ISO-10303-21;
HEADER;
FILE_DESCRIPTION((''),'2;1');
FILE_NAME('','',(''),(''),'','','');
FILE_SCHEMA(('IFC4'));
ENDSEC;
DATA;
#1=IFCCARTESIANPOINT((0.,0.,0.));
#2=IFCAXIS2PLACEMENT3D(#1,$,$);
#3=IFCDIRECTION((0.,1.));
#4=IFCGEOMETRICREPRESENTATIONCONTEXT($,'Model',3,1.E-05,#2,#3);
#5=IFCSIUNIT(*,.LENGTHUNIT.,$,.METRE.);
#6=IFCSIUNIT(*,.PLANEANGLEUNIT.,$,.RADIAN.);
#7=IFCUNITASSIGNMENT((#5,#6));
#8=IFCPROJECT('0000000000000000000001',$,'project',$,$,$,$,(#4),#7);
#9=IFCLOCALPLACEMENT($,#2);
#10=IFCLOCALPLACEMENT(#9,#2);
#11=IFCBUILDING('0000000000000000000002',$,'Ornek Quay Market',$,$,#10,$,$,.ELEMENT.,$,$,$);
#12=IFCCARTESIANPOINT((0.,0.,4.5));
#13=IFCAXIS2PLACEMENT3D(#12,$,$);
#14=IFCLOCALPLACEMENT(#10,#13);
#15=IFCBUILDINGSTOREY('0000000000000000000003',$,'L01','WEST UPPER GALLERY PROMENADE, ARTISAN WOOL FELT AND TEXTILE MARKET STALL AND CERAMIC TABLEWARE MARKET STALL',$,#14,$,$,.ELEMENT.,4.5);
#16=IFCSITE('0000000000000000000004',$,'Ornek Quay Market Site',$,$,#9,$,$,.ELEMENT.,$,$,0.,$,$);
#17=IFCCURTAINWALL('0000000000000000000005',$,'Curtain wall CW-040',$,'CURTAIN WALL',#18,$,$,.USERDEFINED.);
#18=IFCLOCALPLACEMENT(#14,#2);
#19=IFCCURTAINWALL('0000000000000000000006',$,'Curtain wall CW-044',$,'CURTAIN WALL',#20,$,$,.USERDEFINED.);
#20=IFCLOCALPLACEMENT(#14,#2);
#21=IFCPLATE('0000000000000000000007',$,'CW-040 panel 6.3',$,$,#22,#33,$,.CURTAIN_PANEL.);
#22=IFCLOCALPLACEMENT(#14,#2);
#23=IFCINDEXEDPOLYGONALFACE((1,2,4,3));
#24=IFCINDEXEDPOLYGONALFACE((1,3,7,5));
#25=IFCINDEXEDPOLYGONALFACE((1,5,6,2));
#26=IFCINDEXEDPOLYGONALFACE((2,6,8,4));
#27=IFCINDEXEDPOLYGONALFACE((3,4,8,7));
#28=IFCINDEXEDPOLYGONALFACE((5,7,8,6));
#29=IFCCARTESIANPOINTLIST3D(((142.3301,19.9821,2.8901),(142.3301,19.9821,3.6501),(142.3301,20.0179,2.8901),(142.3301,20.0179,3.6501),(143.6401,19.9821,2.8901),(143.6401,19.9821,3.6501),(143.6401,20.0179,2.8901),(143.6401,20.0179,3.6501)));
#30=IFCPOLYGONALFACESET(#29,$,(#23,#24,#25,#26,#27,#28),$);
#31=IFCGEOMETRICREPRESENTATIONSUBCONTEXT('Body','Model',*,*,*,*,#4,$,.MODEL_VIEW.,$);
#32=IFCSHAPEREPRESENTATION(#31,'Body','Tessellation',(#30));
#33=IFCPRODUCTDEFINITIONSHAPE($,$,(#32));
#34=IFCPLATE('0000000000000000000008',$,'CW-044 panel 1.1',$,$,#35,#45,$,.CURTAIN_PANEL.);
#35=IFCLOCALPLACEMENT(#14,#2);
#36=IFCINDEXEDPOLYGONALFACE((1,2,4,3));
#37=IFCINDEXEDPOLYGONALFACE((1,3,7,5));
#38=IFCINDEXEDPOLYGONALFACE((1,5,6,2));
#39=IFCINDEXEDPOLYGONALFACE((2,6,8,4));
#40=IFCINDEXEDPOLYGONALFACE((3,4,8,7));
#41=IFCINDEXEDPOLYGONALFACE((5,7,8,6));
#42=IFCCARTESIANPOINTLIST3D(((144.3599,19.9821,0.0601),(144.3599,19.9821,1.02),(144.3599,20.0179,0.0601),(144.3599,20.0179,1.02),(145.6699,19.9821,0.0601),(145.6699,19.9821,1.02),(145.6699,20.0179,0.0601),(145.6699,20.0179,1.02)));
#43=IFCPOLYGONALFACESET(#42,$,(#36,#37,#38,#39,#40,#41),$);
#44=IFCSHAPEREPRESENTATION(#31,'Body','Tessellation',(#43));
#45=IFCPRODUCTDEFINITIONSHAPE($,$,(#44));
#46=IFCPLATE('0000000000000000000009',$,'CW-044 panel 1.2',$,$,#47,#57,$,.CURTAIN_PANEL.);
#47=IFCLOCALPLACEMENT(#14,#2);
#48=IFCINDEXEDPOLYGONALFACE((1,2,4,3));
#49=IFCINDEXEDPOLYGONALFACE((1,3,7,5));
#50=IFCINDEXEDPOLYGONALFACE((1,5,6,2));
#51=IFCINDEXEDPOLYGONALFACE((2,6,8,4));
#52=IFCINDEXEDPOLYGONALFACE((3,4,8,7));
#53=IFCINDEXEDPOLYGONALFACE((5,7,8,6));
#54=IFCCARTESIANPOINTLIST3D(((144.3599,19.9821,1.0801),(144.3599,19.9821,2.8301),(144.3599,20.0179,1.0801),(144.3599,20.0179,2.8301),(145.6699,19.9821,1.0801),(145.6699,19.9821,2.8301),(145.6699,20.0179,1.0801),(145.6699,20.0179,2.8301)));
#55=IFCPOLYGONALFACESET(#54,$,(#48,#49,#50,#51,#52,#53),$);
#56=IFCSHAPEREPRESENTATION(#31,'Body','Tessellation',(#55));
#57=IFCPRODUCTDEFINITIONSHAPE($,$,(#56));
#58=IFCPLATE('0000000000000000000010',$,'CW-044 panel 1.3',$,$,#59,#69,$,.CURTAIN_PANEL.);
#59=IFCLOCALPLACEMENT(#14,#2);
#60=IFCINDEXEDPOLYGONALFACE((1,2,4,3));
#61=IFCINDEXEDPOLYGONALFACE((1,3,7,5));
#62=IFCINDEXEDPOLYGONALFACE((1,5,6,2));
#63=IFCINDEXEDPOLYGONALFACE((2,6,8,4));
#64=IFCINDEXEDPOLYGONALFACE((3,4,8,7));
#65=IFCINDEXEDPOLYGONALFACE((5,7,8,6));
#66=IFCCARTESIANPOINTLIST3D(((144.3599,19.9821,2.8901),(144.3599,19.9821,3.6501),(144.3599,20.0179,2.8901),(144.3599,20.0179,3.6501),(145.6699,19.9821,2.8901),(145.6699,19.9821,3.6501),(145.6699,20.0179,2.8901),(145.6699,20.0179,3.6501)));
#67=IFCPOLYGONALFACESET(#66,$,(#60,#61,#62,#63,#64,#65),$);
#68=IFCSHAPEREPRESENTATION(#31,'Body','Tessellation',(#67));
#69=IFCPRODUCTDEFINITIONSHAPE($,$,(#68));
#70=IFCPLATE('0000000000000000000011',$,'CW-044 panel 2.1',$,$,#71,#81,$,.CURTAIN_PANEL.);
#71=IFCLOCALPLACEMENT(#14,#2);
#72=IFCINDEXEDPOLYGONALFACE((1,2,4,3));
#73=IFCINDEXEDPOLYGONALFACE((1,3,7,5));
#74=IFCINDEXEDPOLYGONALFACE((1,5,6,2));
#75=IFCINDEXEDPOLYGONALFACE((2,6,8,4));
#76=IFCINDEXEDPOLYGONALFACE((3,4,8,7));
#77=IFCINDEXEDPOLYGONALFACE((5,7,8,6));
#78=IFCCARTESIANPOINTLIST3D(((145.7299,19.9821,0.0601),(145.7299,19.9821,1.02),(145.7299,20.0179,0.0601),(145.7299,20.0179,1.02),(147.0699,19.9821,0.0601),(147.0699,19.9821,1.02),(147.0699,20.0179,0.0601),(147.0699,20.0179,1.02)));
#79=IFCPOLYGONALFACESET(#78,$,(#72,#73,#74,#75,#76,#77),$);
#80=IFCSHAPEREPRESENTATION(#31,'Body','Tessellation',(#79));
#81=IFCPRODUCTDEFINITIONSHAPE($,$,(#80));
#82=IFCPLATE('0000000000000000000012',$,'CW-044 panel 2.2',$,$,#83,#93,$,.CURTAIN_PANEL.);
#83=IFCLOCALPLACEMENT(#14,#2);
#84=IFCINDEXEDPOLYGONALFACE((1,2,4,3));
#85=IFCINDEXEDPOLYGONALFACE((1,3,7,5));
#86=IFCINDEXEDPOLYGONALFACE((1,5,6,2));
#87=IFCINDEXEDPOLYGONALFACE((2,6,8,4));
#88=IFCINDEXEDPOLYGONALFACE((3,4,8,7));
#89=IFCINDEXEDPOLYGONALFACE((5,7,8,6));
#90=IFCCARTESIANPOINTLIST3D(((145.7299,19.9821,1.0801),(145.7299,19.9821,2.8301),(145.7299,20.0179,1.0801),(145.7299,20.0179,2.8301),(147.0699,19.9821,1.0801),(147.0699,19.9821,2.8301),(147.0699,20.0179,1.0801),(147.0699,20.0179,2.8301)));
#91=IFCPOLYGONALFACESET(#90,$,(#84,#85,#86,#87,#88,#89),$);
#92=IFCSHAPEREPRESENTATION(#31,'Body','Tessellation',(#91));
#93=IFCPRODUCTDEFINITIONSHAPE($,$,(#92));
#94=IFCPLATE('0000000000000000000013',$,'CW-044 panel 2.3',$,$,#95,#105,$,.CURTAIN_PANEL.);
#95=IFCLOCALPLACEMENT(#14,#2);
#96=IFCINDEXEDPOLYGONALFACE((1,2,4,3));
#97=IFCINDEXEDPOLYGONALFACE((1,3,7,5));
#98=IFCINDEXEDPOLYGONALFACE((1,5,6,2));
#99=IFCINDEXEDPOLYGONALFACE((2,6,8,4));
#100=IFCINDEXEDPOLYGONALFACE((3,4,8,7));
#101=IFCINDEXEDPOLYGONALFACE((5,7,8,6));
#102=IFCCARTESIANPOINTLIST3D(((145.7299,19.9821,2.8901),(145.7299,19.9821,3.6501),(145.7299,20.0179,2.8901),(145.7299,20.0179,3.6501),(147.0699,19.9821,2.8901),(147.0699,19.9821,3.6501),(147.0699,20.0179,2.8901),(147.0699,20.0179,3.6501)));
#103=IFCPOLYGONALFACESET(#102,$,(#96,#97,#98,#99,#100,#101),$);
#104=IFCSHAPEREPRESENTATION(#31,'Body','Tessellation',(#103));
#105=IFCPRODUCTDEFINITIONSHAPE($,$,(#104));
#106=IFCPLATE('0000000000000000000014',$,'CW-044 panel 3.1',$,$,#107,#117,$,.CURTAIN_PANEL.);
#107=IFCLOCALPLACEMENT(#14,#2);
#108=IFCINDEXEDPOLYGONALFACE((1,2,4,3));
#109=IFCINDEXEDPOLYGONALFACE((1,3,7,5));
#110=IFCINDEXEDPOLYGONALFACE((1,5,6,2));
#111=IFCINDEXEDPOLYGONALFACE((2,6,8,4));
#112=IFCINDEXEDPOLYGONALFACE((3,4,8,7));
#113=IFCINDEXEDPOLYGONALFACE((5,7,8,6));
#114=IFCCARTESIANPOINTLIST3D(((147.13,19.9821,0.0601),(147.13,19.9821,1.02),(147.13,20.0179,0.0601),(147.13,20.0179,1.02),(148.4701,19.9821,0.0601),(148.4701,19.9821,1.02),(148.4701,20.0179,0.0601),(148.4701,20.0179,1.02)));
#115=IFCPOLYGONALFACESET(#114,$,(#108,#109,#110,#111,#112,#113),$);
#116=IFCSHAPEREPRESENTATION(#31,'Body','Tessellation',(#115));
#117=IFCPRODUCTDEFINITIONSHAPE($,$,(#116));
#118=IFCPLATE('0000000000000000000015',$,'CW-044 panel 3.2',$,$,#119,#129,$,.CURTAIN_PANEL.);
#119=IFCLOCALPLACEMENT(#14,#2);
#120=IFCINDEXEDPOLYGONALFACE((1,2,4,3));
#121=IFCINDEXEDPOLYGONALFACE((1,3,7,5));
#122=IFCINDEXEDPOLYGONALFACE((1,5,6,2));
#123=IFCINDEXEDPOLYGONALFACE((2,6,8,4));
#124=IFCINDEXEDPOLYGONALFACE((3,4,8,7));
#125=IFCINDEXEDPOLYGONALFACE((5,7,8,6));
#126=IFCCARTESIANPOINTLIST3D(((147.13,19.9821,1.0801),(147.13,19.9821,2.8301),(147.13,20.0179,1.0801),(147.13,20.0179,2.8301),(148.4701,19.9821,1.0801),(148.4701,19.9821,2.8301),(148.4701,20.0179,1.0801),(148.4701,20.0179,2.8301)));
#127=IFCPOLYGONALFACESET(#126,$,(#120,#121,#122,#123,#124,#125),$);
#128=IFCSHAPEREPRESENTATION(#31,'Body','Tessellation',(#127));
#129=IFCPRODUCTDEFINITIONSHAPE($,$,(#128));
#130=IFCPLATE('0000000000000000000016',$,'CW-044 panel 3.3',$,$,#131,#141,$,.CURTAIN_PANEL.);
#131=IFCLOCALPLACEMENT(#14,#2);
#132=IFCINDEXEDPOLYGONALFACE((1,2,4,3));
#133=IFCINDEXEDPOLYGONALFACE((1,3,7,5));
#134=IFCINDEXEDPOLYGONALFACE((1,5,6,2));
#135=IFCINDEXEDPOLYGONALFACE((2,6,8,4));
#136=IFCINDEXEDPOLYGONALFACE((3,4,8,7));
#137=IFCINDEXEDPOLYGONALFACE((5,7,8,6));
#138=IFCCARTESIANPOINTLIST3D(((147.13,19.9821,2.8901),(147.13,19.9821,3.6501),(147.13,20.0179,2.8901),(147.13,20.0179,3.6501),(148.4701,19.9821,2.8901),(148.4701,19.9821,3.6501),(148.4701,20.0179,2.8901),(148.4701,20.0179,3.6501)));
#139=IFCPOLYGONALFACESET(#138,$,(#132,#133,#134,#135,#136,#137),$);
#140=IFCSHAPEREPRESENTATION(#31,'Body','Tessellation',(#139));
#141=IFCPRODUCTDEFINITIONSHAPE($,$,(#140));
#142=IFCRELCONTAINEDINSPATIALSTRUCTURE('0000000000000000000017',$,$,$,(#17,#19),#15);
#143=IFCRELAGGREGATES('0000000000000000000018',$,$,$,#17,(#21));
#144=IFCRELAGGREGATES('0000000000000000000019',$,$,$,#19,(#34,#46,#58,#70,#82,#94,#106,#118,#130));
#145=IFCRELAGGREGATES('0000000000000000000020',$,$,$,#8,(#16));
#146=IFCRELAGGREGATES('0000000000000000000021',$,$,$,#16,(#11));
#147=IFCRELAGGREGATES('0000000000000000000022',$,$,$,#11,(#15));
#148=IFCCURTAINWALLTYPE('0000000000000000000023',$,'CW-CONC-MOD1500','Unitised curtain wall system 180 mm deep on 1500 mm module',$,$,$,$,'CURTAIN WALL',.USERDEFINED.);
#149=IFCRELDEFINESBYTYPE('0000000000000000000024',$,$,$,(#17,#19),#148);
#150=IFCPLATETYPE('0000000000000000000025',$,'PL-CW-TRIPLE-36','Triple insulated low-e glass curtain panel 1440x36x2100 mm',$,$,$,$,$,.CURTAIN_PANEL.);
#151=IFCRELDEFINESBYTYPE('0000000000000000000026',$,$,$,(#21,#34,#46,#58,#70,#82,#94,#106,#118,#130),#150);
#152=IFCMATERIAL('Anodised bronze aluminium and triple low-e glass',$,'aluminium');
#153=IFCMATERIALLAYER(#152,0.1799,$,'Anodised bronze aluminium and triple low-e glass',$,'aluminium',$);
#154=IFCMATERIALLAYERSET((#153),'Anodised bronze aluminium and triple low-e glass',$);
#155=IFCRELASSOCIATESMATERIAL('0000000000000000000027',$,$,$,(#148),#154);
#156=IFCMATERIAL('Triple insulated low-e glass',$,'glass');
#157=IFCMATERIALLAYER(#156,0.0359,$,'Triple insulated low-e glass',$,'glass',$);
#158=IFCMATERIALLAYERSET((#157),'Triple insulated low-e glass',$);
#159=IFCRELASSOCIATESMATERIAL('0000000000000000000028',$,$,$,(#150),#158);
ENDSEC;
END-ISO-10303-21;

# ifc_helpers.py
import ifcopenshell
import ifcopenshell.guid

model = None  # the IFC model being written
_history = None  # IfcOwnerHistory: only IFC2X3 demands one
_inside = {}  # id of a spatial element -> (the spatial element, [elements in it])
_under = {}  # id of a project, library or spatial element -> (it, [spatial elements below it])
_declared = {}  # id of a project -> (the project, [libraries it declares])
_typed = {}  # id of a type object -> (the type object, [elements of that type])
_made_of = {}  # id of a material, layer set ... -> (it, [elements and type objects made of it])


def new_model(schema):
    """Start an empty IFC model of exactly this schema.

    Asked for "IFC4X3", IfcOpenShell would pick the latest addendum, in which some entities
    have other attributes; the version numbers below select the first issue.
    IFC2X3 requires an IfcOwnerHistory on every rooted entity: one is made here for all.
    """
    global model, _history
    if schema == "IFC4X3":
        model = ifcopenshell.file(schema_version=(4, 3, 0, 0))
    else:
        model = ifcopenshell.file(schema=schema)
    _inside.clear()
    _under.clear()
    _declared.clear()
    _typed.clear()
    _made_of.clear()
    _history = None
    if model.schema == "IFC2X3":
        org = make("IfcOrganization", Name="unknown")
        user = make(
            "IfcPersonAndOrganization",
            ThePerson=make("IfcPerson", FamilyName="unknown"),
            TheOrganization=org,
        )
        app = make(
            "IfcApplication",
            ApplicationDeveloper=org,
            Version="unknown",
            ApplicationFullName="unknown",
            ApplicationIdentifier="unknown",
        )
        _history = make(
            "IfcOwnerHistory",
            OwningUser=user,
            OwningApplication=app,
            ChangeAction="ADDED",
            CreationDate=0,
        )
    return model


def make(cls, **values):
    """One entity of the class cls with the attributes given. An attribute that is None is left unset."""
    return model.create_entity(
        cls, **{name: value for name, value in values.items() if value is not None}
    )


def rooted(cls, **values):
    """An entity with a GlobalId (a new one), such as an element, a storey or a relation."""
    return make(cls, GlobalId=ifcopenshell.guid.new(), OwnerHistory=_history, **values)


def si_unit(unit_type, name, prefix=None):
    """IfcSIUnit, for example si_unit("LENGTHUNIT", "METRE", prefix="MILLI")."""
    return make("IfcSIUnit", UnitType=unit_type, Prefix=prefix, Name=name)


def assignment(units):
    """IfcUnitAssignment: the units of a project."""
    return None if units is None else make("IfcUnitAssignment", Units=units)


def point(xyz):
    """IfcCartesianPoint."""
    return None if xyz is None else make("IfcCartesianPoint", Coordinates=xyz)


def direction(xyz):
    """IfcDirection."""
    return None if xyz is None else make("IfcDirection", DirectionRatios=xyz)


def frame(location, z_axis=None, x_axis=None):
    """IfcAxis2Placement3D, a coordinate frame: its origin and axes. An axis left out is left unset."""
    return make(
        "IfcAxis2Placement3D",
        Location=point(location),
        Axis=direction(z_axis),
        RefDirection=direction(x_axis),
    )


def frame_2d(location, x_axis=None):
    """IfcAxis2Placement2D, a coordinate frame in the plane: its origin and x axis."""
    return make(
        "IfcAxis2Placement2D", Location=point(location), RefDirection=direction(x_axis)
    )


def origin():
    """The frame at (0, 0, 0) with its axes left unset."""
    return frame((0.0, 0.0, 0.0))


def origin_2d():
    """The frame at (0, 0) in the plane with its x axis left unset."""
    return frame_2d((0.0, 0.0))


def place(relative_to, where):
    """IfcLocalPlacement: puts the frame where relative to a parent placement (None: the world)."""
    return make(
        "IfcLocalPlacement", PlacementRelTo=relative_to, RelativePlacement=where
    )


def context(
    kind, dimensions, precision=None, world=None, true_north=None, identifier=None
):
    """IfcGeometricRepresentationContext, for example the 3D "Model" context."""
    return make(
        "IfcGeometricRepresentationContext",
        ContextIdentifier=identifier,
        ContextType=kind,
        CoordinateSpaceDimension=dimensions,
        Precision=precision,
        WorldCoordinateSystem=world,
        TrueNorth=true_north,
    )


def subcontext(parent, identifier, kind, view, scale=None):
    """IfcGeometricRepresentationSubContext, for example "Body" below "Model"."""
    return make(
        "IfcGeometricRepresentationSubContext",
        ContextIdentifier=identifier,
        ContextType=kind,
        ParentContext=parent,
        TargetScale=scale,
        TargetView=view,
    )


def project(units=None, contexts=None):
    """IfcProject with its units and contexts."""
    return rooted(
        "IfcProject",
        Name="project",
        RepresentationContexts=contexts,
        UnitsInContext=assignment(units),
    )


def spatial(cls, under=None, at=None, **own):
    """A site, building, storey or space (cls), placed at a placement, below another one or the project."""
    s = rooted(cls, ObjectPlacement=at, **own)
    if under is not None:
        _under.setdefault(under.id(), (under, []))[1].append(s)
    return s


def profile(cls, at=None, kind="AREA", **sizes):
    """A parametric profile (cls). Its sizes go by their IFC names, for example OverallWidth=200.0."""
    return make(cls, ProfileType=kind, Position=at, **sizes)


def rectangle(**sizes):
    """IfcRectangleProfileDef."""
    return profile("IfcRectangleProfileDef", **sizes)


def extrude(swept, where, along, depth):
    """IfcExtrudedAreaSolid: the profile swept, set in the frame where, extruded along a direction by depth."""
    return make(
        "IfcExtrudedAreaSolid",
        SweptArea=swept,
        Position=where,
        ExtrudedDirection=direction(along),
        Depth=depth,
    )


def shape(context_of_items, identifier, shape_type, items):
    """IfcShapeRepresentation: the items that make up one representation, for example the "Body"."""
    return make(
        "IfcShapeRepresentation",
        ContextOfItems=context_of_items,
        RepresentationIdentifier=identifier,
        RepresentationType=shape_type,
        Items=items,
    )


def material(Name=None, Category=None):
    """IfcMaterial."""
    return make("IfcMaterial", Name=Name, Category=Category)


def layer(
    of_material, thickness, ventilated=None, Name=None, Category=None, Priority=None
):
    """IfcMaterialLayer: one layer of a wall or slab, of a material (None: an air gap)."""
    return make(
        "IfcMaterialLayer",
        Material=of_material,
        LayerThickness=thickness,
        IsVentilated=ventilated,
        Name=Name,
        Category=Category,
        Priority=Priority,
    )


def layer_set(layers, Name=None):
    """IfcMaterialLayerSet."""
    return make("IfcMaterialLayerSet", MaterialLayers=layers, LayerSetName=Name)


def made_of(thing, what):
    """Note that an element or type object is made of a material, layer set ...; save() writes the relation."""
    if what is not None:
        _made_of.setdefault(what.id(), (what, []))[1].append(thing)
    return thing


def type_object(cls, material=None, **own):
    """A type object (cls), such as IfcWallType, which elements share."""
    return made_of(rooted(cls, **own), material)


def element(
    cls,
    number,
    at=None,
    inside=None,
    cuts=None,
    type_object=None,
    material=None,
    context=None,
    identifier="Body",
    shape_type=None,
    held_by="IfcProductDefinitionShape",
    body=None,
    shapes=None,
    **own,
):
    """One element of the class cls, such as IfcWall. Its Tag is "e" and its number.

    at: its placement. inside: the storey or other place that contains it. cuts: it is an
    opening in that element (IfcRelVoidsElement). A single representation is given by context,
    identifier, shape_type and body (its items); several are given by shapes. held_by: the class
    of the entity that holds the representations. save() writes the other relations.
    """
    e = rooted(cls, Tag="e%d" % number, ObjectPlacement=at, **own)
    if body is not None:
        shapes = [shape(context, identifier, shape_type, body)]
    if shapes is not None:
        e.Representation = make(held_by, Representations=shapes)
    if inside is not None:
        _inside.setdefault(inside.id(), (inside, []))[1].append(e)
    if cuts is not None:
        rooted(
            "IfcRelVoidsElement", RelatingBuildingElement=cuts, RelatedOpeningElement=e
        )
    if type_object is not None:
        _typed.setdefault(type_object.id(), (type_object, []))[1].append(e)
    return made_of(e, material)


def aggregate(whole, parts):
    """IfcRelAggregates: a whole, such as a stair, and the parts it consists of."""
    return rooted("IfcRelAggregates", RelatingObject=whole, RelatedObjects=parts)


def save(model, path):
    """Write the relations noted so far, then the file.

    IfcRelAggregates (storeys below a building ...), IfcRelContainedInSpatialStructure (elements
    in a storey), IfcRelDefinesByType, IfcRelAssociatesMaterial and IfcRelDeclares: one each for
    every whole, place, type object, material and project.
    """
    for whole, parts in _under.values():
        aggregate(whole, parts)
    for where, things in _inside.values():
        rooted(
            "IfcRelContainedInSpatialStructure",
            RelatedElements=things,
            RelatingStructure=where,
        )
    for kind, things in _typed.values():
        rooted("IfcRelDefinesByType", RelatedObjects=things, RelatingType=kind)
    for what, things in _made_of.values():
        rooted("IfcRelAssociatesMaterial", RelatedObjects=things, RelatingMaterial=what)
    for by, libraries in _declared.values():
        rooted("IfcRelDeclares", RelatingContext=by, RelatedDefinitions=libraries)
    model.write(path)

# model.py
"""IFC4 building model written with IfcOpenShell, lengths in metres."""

from ifc_helpers import new_model, si_unit, direction, frame, origin, origin_2d, place, context, subcontext, project, spatial, rectangle, extrude, material, layer, layer_set, type_object, element, aggregate, save


model = new_model("IFC4")

# Units and contexts
model_context = context("Model", 3, precision=1e-05, world=origin(), true_north=direction((0.0, 1.0)))
body_context = subcontext(model_context, "Body", "Model", "MODEL_VIEW")
ifc_project = project(units=[si_unit("LENGTHUNIT", "METRE"), si_unit("PLANEANGLEUNIT", "RADIAN")], contexts=[model_context])

# Site, building, storey
site_placement = place(None, origin())
site = spatial("IfcSite", under=ifc_project, at=site_placement, Name="Ornek Quay Market Site", CompositionType="ELEMENT", RefElevation=0.0)
building_placement = place(site_placement, origin())
building = spatial("IfcBuilding", under=site, at=building_placement, Name="Ornek Quay Market", CompositionType="ELEMENT")
storey_placement = place(building_placement, frame((0.0, 0.0, 4.5)))
storey = spatial("IfcBuildingStorey", under=building, at=storey_placement, Name="L01", Description="WEST UPPER GALLERY PROMENADE, ARTISAN WOOL FELT AND TEXTILE MARKET STALL AND CERAMIC TABLEWARE MARKET STALL", CompositionType="ELEMENT", Elevation=4.5)

# Curtain wall
ifc_material_1 = material(Name="Anodised bronze aluminium and triple low-e glass", Category="aluminium")
ifc_layer_1 = layer(ifc_material_1, 0.1799, Name="Anodised bronze aluminium and triple low-e glass", Category="aluminium")
ifc_layer_set_1 = layer_set([ifc_layer_1], Name="Anodised bronze aluminium and triple low-e glass")
curtain_wall_type = type_object("IfcCurtainWallType", Name="CW-CONC-MOD1500", Description="Unitised curtain wall system 180 mm deep on 1500 mm module", ElementType="CURTAIN WALL", PredefinedType="USERDEFINED", material=ifc_layer_set_1)
curtain_wall_1_placement = place(storey_placement, origin())
curtain_wall_1 = element("IfcCurtainWall", 1, at=curtain_wall_1_placement, inside=storey, type_object=curtain_wall_type, Name="Curtain wall CW-040", ObjectType="CURTAIN WALL", PredefinedType="USERDEFINED")

# Curtain wall
curtain_wall_2_placement = place(storey_placement, origin())
curtain_wall_2 = element("IfcCurtainWall", 2, at=curtain_wall_2_placement, inside=storey, type_object=curtain_wall_type, Name="Curtain wall CW-044", ObjectType="CURTAIN WALL", PredefinedType="USERDEFINED")

# Plates
ifc_material_2 = material(Name="Triple insulated low-e glass", Category="glass")
ifc_layer_2 = layer(ifc_material_2, 0.0359, Name="Triple insulated low-e glass", Category="glass")
ifc_layer_set_2 = layer_set([ifc_layer_2], Name="Triple insulated low-e glass")
plate_type = type_object("IfcPlateType", Name="PL-CW-TRIPLE-36", Description="Triple insulated low-e glass curtain panel 1440x36x2100 mm", PredefinedType="CURTAIN_PANEL", material=ifc_layer_set_2)
plate_1_placement = place(storey_placement, frame((142.9851, 20.0, 2.8901), z_axis=(0.0, 0.0, 1.0), x_axis=(1.0, 0.0, 0.0)))
plate_1 = element("IfcPlate", 3, at=plate_1_placement, type_object=plate_type, Name="CW-040 panel 6.3", PredefinedType="CURTAIN_PANEL", context=body_context, shape_type="SweptSolid", body=[
    extrude(rectangle(XDim=1.3101, YDim=0.0359, at=origin_2d()), origin(), (0.0, 0.0, 1.0), 0.76),
])
aggregate(curtain_wall_1, [plate_1])
plate_2_placement = place(storey_placement, frame((145.0149, 20.0, 0.0601), z_axis=(0.0, 0.0, 1.0), x_axis=(1.0, 0.0, 0.0)))
plate_2 = element("IfcPlate", 4, at=plate_2_placement, type_object=plate_type, Name="CW-044 panel 1.1", PredefinedType="CURTAIN_PANEL", context=body_context, shape_type="SweptSolid", body=[
    extrude(rectangle(XDim=1.3101, YDim=0.0359, at=origin_2d()), origin(), (0.0, 0.0, 1.0), 0.96),
])
plate_3_placement = place(storey_placement, frame((145.0149, 20.0, 1.0801), z_axis=(0.0, 0.0, 1.0), x_axis=(1.0, 0.0, 0.0)))
plate_3 = element("IfcPlate", 5, at=plate_3_placement, type_object=plate_type, Name="CW-044 panel 1.2", PredefinedType="CURTAIN_PANEL", context=body_context, shape_type="SweptSolid", body=[
    extrude(rectangle(XDim=1.3101, YDim=0.0359, at=origin_2d()), origin(), (0.0, 0.0, 1.0), 1.75),
])
plate_4_placement = place(storey_placement, frame((145.0149, 20.0, 2.8901), z_axis=(0.0, 0.0, 1.0), x_axis=(1.0, 0.0, 0.0)))
plate_4 = element("IfcPlate", 6, at=plate_4_placement, type_object=plate_type, Name="CW-044 panel 1.3", PredefinedType="CURTAIN_PANEL", context=body_context, shape_type="SweptSolid", body=[
    extrude(rectangle(XDim=1.3101, YDim=0.0359, at=origin_2d()), origin(), (0.0, 0.0, 1.0), 0.76),
])
plate_5_placement = place(storey_placement, frame((146.3999, 20.0, 0.0601), z_axis=(0.0, 0.0, 1.0), x_axis=(1.0, 0.0, 0.0)))
plate_5 = element("IfcPlate", 7, at=plate_5_placement, type_object=plate_type, Name="CW-044 panel 2.1", PredefinedType="CURTAIN_PANEL", context=body_context, shape_type="SweptSolid", body=[
    extrude(rectangle(XDim=1.3401, YDim=0.0359, at=origin_2d()), origin(), (0.0, 0.0, 1.0), 0.96),
])
plate_6_placement = place(storey_placement, frame((146.3999, 20.0, 1.0801), z_axis=(0.0, 0.0, 1.0), x_axis=(1.0, 0.0, 0.0)))
plate_6 = element("IfcPlate", 8, at=plate_6_placement, type_object=plate_type, Name="CW-044 panel 2.2", PredefinedType="CURTAIN_PANEL", context=body_context, shape_type="SweptSolid", body=[
    extrude(rectangle(XDim=1.3401, YDim=0.0359, at=origin_2d()), origin(), (0.0, 0.0, 1.0), 1.75),
])
plate_7_placement = place(storey_placement, frame((146.3999, 20.0, 2.8901), z_axis=(0.0, 0.0, 1.0), x_axis=(1.0, 0.0, 0.0)))
plate_7 = element("IfcPlate", 9, at=plate_7_placement, type_object=plate_type, Name="CW-044 panel 2.3", PredefinedType="CURTAIN_PANEL", context=body_context, shape_type="SweptSolid", body=[
    extrude(rectangle(XDim=1.3401, YDim=0.0359, at=origin_2d()), origin(), (0.0, 0.0, 1.0), 0.76),
])
plate_8_placement = place(storey_placement, frame((147.8, 20.0, 0.0601), z_axis=(0.0, 0.0, 1.0), x_axis=(1.0, 0.0, 0.0)))
plate_8 = element("IfcPlate", 10, at=plate_8_placement, type_object=plate_type, Name="CW-044 panel 3.1", PredefinedType="CURTAIN_PANEL", context=body_context, shape_type="SweptSolid", body=[
    extrude(rectangle(XDim=1.3401, YDim=0.0359, at=origin_2d()), origin(), (0.0, 0.0, 1.0), 0.96),
])
plate_9_placement = place(storey_placement, frame((147.8, 20.0, 1.0801), z_axis=(0.0, 0.0, 1.0), x_axis=(1.0, 0.0, 0.0)))
plate_9 = element("IfcPlate", 11, at=plate_9_placement, type_object=plate_type, Name="CW-044 panel 3.2", PredefinedType="CURTAIN_PANEL", context=body_context, shape_type="SweptSolid", body=[
    extrude(rectangle(XDim=1.3401, YDim=0.0359, at=origin_2d()), origin(), (0.0, 0.0, 1.0), 1.75),
])
plate_10_placement = place(storey_placement, frame((147.8, 20.0, 2.8901), z_axis=(0.0, 0.0, 1.0), x_axis=(1.0, 0.0, 0.0)))
plate_10 = element("IfcPlate", 12, at=plate_10_placement, type_object=plate_type, Name="CW-044 panel 3.3", PredefinedType="CURTAIN_PANEL", context=body_context, shape_type="SweptSolid", body=[
    extrude(rectangle(XDim=1.3401, YDim=0.0359, at=origin_2d()), origin(), (0.0, 0.0, 1.0), 0.76),
])
aggregate(curtain_wall_2, [plate_2, plate_3, plate_4, plate_5, plate_6, plate_7, plate_8, plate_9, plate_10])

save(model, "model.ifc")
